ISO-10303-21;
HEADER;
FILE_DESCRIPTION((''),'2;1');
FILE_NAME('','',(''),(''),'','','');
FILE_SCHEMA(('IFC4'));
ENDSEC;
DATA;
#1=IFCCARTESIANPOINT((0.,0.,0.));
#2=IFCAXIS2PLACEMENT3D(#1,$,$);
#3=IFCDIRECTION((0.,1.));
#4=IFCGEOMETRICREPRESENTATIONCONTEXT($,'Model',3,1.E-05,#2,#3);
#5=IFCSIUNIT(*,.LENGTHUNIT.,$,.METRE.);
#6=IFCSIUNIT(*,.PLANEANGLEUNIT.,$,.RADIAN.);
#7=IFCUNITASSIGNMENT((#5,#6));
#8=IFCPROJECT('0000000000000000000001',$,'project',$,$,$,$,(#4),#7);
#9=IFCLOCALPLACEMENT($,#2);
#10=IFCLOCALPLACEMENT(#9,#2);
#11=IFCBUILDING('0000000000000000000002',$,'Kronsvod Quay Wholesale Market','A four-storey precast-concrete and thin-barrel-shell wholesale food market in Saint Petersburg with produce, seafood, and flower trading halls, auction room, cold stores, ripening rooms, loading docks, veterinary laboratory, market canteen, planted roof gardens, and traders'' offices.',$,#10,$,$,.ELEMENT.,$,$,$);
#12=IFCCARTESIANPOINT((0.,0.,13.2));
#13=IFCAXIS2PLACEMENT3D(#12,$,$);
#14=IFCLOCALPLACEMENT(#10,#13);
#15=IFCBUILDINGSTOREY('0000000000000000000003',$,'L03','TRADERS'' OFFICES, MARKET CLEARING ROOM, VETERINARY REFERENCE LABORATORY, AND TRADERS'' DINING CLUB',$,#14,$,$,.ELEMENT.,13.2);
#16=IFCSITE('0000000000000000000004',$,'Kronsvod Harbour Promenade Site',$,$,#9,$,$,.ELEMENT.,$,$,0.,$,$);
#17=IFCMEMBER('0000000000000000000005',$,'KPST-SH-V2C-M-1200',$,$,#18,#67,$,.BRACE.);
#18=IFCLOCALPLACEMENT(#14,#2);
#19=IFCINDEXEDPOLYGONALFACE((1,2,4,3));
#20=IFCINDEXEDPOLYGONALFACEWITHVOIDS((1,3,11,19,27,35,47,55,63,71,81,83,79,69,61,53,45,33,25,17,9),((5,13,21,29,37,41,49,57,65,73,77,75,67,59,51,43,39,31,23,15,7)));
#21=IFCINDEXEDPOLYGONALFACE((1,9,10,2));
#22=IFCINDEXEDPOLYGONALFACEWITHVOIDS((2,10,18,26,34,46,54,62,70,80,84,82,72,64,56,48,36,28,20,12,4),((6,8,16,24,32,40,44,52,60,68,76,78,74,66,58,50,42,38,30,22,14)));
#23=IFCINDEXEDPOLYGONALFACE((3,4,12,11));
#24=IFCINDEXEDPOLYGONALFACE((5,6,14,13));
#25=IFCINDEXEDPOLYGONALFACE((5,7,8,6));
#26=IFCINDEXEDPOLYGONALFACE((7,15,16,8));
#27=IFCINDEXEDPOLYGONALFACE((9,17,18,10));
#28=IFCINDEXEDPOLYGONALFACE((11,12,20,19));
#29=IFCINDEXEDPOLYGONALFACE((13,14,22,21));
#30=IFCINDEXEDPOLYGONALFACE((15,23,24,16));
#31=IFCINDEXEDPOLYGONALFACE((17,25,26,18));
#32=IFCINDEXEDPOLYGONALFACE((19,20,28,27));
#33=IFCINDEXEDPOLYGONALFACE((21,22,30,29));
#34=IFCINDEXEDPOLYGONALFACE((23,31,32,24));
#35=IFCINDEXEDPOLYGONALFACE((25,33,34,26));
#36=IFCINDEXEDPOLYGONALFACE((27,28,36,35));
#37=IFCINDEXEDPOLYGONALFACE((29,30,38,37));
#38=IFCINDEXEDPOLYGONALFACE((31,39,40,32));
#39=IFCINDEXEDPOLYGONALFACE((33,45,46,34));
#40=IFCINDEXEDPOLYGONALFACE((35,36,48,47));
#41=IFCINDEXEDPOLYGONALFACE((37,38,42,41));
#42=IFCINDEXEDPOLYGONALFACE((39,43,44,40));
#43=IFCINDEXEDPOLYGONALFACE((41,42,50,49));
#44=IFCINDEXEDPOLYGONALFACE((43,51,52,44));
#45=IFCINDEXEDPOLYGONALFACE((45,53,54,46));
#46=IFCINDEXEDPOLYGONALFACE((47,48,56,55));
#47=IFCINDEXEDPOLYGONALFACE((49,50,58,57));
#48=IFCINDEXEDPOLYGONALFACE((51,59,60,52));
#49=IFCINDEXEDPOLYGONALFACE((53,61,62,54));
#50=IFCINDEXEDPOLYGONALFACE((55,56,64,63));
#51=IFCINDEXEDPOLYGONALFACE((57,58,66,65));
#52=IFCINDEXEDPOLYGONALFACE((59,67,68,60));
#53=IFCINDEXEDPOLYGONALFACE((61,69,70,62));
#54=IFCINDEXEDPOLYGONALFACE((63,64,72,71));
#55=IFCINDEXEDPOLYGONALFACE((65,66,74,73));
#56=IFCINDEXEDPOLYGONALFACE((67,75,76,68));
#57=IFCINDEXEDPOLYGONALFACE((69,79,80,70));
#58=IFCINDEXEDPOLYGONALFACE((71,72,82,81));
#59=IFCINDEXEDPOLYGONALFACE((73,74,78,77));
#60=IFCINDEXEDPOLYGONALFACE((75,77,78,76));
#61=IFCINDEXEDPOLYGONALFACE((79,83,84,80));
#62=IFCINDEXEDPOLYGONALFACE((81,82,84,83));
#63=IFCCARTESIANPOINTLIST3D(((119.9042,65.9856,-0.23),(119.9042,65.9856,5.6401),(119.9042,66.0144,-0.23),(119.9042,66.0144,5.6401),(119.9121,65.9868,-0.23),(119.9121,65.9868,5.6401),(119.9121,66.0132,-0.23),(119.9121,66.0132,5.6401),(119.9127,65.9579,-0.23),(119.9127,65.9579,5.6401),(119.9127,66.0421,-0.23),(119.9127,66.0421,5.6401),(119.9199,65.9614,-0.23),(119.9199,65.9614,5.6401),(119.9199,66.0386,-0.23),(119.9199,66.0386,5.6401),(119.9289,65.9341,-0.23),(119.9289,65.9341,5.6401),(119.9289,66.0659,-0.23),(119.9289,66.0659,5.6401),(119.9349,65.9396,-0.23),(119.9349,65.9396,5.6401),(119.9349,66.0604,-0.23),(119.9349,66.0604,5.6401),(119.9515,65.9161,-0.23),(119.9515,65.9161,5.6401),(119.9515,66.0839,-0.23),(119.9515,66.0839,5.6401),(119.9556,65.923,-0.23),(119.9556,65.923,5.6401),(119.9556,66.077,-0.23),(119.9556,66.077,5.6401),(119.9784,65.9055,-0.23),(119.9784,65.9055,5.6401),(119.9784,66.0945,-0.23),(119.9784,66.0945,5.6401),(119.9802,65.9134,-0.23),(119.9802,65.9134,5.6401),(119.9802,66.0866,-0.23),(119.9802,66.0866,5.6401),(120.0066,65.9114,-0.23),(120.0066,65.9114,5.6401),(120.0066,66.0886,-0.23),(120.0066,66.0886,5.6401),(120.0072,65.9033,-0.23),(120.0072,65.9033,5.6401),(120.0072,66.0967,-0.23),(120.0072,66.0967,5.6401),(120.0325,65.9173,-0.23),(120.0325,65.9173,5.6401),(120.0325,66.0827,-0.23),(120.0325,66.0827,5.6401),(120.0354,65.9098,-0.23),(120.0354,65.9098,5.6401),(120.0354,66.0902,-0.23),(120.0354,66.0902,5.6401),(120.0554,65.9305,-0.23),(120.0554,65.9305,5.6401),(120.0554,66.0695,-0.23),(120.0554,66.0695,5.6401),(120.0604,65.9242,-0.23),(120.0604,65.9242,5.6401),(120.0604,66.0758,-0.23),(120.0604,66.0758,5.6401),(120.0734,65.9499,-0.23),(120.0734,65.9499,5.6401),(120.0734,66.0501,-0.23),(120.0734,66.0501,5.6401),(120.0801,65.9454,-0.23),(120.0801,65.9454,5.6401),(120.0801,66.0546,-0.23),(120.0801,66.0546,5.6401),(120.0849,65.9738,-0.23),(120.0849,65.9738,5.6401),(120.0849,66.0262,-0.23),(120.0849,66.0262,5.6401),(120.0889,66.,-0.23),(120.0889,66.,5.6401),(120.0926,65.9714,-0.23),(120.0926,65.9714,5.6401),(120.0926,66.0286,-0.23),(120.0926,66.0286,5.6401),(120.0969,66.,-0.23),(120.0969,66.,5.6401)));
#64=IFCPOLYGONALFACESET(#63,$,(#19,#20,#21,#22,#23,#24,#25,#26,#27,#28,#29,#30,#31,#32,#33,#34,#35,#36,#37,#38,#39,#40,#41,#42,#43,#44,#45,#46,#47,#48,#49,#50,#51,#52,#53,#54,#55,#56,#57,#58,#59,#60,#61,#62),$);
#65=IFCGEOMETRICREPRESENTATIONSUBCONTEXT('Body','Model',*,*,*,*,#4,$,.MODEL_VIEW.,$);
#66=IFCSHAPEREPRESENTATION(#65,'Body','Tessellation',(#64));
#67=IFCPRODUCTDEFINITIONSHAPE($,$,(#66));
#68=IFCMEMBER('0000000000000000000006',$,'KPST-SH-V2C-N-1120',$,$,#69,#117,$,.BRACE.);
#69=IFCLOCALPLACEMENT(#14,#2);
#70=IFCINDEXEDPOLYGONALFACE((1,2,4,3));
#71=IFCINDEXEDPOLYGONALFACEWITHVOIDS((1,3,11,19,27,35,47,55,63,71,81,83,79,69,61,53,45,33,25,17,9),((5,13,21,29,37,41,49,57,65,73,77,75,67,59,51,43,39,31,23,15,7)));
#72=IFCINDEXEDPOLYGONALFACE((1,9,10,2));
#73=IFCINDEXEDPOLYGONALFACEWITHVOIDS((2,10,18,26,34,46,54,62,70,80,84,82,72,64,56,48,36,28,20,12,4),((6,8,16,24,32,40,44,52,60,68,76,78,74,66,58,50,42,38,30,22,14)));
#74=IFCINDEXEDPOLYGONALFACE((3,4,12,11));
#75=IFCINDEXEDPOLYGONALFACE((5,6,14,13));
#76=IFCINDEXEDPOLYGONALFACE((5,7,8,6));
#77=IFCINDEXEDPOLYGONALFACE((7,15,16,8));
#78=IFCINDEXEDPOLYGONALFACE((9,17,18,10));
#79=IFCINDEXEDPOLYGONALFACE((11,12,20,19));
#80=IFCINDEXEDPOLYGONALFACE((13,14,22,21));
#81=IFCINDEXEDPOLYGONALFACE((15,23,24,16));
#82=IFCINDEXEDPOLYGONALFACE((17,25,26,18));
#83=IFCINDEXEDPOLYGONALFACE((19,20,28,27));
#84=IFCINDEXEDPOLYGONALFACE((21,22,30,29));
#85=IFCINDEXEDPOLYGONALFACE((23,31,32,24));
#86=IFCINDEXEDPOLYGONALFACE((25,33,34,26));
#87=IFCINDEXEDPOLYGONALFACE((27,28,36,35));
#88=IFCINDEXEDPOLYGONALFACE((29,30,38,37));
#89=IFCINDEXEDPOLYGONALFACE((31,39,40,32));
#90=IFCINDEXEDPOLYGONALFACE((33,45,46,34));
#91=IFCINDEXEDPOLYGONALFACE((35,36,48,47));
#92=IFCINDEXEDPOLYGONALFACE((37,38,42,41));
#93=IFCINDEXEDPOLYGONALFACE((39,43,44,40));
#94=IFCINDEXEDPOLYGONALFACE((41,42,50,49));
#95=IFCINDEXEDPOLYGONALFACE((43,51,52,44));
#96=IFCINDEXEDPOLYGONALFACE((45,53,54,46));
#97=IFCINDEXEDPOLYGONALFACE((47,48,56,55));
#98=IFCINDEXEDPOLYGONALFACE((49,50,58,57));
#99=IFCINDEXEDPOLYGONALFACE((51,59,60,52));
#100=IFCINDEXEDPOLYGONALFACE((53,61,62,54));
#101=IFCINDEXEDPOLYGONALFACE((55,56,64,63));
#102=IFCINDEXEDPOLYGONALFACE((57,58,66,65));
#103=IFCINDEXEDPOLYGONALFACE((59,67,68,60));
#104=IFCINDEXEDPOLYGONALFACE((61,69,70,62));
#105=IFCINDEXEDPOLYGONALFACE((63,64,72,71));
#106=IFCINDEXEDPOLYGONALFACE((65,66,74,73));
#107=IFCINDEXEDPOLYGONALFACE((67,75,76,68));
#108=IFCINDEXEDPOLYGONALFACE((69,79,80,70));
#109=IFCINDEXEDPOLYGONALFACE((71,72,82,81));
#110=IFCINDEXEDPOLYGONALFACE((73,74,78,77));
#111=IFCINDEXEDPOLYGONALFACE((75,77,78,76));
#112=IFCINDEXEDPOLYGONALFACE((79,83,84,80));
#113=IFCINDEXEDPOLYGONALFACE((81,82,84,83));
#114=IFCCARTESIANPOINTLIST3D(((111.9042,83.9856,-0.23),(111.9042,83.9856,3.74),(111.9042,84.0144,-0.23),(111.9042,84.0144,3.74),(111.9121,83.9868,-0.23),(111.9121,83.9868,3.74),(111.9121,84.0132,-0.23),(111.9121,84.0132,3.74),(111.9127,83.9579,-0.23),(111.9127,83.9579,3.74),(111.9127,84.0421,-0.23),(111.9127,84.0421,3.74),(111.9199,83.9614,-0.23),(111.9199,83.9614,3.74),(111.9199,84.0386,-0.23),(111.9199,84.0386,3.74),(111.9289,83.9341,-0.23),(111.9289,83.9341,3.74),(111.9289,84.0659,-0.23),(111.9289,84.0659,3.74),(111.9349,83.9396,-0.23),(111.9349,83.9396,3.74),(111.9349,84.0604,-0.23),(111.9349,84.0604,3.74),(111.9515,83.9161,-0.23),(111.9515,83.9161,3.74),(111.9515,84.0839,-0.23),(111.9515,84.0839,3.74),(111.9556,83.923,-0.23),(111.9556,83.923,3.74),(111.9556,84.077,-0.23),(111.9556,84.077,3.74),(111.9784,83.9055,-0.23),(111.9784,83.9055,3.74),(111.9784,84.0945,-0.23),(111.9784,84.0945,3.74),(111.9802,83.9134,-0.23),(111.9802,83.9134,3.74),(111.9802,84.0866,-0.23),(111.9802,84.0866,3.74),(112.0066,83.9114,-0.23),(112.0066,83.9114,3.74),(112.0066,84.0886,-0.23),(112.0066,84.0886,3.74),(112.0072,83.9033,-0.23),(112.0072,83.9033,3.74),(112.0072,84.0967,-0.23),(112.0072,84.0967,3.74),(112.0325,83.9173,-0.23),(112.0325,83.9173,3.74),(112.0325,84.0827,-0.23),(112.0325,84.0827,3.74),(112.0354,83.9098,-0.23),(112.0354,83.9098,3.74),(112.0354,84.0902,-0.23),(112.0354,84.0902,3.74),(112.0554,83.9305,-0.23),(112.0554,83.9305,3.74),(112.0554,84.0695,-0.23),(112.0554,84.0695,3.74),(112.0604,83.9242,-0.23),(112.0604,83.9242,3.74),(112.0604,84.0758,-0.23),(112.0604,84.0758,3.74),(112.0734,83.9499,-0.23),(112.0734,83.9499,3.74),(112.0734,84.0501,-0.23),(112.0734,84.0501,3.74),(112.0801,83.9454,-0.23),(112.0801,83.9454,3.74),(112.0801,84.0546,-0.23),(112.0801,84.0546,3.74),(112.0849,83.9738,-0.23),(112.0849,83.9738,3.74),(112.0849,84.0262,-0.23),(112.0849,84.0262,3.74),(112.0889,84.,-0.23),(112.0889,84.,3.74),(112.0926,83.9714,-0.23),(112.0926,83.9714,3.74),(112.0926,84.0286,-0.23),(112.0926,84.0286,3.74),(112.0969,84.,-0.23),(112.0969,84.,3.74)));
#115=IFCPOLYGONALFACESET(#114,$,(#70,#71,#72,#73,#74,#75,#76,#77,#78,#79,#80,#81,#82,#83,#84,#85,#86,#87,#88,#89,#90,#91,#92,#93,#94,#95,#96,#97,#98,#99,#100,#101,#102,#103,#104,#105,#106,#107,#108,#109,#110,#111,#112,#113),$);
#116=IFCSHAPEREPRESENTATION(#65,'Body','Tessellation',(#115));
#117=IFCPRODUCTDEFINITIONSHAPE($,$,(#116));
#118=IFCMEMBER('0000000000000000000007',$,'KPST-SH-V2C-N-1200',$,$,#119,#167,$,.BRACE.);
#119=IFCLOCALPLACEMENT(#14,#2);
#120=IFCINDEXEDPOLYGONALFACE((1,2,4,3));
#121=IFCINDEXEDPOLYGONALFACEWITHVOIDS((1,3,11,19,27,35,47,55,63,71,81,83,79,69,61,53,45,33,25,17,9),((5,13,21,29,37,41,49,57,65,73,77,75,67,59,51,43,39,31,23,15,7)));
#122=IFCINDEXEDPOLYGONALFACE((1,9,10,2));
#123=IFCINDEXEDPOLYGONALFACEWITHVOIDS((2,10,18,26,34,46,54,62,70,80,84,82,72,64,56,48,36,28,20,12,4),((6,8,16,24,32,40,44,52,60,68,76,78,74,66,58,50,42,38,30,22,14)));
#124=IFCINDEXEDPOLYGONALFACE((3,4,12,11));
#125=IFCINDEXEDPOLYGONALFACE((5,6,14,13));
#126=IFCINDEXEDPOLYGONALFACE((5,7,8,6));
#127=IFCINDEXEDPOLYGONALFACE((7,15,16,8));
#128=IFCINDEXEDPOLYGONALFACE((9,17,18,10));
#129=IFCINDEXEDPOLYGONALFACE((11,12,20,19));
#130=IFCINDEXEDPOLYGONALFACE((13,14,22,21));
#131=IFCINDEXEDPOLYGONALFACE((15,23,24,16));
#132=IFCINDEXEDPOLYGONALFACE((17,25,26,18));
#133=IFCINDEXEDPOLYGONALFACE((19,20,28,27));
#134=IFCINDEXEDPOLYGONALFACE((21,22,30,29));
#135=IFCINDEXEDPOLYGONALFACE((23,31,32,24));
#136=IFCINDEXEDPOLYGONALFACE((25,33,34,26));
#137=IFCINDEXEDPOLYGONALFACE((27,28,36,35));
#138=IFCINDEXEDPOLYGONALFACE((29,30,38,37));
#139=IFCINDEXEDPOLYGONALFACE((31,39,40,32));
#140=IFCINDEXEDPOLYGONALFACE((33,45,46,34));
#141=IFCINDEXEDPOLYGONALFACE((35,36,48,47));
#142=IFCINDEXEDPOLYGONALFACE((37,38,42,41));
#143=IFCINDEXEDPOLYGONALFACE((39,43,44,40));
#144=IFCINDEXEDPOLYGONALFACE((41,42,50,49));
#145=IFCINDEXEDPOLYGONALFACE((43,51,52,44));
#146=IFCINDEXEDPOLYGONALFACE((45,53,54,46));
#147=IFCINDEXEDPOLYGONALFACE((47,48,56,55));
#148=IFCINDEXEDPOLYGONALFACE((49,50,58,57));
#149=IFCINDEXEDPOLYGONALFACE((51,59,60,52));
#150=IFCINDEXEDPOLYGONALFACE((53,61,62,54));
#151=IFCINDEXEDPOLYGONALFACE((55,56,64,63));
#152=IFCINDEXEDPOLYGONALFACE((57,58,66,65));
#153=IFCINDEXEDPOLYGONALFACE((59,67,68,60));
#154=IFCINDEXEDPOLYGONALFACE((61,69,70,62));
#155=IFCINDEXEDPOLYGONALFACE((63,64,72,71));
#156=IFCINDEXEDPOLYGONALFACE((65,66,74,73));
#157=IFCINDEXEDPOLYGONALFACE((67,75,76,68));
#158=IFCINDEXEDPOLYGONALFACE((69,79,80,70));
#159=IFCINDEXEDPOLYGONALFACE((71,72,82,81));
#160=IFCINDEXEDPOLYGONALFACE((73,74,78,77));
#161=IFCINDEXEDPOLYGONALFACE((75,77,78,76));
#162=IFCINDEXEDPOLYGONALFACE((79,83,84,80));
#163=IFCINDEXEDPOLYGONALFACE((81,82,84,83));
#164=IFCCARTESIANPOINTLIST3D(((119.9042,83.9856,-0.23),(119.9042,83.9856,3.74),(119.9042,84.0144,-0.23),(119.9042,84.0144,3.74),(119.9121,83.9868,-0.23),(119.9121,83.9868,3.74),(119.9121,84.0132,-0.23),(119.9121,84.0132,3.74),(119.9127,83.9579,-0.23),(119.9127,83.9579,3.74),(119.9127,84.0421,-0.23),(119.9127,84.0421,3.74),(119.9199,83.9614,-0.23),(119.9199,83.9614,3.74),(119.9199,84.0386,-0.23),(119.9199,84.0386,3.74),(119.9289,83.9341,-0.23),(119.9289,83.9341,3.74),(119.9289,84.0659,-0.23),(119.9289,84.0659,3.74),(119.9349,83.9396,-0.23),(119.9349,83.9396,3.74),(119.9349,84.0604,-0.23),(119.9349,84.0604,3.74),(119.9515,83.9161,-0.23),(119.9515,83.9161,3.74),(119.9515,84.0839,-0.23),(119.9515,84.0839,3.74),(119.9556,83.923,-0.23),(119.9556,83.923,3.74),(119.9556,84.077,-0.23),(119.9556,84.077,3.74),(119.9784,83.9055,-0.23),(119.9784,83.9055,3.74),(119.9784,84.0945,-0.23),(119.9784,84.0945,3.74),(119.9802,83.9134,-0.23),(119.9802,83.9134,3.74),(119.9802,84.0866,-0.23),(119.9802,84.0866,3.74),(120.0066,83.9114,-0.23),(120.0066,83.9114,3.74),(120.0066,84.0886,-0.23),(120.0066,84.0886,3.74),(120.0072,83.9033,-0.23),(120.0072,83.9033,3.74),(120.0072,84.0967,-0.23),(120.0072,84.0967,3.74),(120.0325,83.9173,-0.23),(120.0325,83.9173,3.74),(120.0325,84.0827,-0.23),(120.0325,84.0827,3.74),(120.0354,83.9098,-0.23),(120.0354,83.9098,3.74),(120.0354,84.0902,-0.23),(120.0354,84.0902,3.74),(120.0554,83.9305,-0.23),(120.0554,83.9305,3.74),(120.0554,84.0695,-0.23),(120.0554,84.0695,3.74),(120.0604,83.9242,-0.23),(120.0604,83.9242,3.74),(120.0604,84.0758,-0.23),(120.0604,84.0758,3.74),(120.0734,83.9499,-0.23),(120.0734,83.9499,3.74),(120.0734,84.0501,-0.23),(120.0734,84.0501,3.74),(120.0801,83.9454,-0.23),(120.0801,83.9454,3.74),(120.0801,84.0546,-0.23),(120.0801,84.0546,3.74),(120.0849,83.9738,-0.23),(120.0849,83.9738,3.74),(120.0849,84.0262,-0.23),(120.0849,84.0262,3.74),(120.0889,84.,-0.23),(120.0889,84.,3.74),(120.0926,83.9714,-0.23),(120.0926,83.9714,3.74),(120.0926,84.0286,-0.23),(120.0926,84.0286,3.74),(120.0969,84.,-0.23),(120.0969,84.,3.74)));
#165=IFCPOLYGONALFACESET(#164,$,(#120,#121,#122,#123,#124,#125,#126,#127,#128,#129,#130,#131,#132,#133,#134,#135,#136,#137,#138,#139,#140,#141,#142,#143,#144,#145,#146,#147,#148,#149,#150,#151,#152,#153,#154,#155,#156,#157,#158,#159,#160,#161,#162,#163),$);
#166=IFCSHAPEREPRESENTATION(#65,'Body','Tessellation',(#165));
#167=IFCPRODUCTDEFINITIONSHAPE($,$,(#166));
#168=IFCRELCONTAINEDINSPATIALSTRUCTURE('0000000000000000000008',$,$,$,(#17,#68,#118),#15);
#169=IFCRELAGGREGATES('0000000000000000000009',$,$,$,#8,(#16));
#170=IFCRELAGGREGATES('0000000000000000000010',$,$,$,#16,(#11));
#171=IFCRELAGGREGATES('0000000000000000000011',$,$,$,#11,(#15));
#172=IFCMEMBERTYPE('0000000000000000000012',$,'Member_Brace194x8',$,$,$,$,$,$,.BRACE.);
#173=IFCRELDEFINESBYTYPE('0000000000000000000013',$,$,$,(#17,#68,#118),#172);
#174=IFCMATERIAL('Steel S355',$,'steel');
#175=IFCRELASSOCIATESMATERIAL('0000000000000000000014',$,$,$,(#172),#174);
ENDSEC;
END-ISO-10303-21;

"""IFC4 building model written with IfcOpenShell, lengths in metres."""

from ifc_helpers import new_model, si_unit, direction, frame, origin, origin_2d, place, context, subcontext, project, spatial, hollow_circle, extrude, material, material_profile, profile_set, type_object, element, save


model = new_model("IFC4")

# Units and contexts
model_context = context("Model", 3, precision=1e-05, world=origin(), true_north=direction((0.0, 1.0)))
body_context = subcontext(model_context, "Body", "Model", "MODEL_VIEW")
ifc_project = project(units=[si_unit("LENGTHUNIT", "METRE"), si_unit("PLANEANGLEUNIT", "RADIAN")], contexts=[model_context])

# Site, building, storey
site_placement = place(None, origin())
site = spatial("IfcSite", under=ifc_project, at=site_placement, Name="Kronsvod Harbour Promenade Site", CompositionType="ELEMENT", RefElevation=0.0)
building_placement = place(site_placement, origin())
building = spatial("IfcBuilding", under=site, at=building_placement, Name="Kronsvod Quay Wholesale Market", Description="A four-storey precast-concrete and thin-barrel-shell wholesale food market in Saint Petersburg with produce, seafood, and flower trading halls, auction room, cold stores, ripening rooms, loading docks, veterinary laboratory, market canteen, planted roof gardens, and traders' offices.", CompositionType="ELEMENT")
storey_placement = place(building_placement, frame((0.0, 0.0, 13.2)))
storey = spatial("IfcBuildingStorey", under=building, at=storey_placement, Name="L03", Description="TRADERS' OFFICES, MARKET CLEARING ROOM, VETERINARY REFERENCE LABORATORY, AND TRADERS' DINING CLUB", CompositionType="ELEMENT", Elevation=13.2)

# Members
ifc_material_1 = material(Name="Steel S355", Category="steel")
ifc_material_profile_1 = material_profile(ifc_material_1, hollow_circle(Radius=0.0969, WallThickness=0.0081, at=origin_2d()), Name="CHS194x8")
ifc_profile_set_1 = profile_set([ifc_material_profile_1], Name="Steel S355")
member_type_1 = type_object("IfcMemberType", Name="Member_Brace194x8", PredefinedType="BRACE", material=ifc_profile_set_1)
for number, where, z_axis, x_axis, name in (
    (1, (120.0, 66.0, -0.23), (0.0, 0.0, 1.0), (1.0, 0.0, 0.0), "KPST-SH-V2C-M-1200"),
):
    element("IfcMember", number, at=place(storey_placement, frame(where, z_axis=z_axis, x_axis=x_axis)), inside=storey, type_object=member_type_1, Name=name, PredefinedType="BRACE", context=body_context, shape_type="SweptSolid", body=[
        extrude(hollow_circle(Radius=0.0969, WallThickness=0.0081, at=origin_2d()), origin(), (0.0, 0.0, 1.0), 5.8701),
    ])
for number, where, z_axis, x_axis, name in (
    (2, (112.0, 84.0, -0.23), (0.0, 0.0, 1.0), (1.0, 0.0, 0.0), "KPST-SH-V2C-N-1120"),
    (3, (120.0, 84.0, -0.23), (0.0, 0.0, 1.0), (1.0, 0.0, 0.0), "KPST-SH-V2C-N-1200"),
):
    element("IfcMember", number, at=place(storey_placement, frame(where, z_axis=z_axis, x_axis=x_axis)), inside=storey, type_object=member_type_1, Name=name, PredefinedType="BRACE", context=body_context, shape_type="SweptSolid", body=[
        extrude(hollow_circle(Radius=0.0969, WallThickness=0.0081, at=origin_2d()), origin(), (0.0, 0.0, 1.0), 3.97),
    ])

save(model, "model.ifc")
